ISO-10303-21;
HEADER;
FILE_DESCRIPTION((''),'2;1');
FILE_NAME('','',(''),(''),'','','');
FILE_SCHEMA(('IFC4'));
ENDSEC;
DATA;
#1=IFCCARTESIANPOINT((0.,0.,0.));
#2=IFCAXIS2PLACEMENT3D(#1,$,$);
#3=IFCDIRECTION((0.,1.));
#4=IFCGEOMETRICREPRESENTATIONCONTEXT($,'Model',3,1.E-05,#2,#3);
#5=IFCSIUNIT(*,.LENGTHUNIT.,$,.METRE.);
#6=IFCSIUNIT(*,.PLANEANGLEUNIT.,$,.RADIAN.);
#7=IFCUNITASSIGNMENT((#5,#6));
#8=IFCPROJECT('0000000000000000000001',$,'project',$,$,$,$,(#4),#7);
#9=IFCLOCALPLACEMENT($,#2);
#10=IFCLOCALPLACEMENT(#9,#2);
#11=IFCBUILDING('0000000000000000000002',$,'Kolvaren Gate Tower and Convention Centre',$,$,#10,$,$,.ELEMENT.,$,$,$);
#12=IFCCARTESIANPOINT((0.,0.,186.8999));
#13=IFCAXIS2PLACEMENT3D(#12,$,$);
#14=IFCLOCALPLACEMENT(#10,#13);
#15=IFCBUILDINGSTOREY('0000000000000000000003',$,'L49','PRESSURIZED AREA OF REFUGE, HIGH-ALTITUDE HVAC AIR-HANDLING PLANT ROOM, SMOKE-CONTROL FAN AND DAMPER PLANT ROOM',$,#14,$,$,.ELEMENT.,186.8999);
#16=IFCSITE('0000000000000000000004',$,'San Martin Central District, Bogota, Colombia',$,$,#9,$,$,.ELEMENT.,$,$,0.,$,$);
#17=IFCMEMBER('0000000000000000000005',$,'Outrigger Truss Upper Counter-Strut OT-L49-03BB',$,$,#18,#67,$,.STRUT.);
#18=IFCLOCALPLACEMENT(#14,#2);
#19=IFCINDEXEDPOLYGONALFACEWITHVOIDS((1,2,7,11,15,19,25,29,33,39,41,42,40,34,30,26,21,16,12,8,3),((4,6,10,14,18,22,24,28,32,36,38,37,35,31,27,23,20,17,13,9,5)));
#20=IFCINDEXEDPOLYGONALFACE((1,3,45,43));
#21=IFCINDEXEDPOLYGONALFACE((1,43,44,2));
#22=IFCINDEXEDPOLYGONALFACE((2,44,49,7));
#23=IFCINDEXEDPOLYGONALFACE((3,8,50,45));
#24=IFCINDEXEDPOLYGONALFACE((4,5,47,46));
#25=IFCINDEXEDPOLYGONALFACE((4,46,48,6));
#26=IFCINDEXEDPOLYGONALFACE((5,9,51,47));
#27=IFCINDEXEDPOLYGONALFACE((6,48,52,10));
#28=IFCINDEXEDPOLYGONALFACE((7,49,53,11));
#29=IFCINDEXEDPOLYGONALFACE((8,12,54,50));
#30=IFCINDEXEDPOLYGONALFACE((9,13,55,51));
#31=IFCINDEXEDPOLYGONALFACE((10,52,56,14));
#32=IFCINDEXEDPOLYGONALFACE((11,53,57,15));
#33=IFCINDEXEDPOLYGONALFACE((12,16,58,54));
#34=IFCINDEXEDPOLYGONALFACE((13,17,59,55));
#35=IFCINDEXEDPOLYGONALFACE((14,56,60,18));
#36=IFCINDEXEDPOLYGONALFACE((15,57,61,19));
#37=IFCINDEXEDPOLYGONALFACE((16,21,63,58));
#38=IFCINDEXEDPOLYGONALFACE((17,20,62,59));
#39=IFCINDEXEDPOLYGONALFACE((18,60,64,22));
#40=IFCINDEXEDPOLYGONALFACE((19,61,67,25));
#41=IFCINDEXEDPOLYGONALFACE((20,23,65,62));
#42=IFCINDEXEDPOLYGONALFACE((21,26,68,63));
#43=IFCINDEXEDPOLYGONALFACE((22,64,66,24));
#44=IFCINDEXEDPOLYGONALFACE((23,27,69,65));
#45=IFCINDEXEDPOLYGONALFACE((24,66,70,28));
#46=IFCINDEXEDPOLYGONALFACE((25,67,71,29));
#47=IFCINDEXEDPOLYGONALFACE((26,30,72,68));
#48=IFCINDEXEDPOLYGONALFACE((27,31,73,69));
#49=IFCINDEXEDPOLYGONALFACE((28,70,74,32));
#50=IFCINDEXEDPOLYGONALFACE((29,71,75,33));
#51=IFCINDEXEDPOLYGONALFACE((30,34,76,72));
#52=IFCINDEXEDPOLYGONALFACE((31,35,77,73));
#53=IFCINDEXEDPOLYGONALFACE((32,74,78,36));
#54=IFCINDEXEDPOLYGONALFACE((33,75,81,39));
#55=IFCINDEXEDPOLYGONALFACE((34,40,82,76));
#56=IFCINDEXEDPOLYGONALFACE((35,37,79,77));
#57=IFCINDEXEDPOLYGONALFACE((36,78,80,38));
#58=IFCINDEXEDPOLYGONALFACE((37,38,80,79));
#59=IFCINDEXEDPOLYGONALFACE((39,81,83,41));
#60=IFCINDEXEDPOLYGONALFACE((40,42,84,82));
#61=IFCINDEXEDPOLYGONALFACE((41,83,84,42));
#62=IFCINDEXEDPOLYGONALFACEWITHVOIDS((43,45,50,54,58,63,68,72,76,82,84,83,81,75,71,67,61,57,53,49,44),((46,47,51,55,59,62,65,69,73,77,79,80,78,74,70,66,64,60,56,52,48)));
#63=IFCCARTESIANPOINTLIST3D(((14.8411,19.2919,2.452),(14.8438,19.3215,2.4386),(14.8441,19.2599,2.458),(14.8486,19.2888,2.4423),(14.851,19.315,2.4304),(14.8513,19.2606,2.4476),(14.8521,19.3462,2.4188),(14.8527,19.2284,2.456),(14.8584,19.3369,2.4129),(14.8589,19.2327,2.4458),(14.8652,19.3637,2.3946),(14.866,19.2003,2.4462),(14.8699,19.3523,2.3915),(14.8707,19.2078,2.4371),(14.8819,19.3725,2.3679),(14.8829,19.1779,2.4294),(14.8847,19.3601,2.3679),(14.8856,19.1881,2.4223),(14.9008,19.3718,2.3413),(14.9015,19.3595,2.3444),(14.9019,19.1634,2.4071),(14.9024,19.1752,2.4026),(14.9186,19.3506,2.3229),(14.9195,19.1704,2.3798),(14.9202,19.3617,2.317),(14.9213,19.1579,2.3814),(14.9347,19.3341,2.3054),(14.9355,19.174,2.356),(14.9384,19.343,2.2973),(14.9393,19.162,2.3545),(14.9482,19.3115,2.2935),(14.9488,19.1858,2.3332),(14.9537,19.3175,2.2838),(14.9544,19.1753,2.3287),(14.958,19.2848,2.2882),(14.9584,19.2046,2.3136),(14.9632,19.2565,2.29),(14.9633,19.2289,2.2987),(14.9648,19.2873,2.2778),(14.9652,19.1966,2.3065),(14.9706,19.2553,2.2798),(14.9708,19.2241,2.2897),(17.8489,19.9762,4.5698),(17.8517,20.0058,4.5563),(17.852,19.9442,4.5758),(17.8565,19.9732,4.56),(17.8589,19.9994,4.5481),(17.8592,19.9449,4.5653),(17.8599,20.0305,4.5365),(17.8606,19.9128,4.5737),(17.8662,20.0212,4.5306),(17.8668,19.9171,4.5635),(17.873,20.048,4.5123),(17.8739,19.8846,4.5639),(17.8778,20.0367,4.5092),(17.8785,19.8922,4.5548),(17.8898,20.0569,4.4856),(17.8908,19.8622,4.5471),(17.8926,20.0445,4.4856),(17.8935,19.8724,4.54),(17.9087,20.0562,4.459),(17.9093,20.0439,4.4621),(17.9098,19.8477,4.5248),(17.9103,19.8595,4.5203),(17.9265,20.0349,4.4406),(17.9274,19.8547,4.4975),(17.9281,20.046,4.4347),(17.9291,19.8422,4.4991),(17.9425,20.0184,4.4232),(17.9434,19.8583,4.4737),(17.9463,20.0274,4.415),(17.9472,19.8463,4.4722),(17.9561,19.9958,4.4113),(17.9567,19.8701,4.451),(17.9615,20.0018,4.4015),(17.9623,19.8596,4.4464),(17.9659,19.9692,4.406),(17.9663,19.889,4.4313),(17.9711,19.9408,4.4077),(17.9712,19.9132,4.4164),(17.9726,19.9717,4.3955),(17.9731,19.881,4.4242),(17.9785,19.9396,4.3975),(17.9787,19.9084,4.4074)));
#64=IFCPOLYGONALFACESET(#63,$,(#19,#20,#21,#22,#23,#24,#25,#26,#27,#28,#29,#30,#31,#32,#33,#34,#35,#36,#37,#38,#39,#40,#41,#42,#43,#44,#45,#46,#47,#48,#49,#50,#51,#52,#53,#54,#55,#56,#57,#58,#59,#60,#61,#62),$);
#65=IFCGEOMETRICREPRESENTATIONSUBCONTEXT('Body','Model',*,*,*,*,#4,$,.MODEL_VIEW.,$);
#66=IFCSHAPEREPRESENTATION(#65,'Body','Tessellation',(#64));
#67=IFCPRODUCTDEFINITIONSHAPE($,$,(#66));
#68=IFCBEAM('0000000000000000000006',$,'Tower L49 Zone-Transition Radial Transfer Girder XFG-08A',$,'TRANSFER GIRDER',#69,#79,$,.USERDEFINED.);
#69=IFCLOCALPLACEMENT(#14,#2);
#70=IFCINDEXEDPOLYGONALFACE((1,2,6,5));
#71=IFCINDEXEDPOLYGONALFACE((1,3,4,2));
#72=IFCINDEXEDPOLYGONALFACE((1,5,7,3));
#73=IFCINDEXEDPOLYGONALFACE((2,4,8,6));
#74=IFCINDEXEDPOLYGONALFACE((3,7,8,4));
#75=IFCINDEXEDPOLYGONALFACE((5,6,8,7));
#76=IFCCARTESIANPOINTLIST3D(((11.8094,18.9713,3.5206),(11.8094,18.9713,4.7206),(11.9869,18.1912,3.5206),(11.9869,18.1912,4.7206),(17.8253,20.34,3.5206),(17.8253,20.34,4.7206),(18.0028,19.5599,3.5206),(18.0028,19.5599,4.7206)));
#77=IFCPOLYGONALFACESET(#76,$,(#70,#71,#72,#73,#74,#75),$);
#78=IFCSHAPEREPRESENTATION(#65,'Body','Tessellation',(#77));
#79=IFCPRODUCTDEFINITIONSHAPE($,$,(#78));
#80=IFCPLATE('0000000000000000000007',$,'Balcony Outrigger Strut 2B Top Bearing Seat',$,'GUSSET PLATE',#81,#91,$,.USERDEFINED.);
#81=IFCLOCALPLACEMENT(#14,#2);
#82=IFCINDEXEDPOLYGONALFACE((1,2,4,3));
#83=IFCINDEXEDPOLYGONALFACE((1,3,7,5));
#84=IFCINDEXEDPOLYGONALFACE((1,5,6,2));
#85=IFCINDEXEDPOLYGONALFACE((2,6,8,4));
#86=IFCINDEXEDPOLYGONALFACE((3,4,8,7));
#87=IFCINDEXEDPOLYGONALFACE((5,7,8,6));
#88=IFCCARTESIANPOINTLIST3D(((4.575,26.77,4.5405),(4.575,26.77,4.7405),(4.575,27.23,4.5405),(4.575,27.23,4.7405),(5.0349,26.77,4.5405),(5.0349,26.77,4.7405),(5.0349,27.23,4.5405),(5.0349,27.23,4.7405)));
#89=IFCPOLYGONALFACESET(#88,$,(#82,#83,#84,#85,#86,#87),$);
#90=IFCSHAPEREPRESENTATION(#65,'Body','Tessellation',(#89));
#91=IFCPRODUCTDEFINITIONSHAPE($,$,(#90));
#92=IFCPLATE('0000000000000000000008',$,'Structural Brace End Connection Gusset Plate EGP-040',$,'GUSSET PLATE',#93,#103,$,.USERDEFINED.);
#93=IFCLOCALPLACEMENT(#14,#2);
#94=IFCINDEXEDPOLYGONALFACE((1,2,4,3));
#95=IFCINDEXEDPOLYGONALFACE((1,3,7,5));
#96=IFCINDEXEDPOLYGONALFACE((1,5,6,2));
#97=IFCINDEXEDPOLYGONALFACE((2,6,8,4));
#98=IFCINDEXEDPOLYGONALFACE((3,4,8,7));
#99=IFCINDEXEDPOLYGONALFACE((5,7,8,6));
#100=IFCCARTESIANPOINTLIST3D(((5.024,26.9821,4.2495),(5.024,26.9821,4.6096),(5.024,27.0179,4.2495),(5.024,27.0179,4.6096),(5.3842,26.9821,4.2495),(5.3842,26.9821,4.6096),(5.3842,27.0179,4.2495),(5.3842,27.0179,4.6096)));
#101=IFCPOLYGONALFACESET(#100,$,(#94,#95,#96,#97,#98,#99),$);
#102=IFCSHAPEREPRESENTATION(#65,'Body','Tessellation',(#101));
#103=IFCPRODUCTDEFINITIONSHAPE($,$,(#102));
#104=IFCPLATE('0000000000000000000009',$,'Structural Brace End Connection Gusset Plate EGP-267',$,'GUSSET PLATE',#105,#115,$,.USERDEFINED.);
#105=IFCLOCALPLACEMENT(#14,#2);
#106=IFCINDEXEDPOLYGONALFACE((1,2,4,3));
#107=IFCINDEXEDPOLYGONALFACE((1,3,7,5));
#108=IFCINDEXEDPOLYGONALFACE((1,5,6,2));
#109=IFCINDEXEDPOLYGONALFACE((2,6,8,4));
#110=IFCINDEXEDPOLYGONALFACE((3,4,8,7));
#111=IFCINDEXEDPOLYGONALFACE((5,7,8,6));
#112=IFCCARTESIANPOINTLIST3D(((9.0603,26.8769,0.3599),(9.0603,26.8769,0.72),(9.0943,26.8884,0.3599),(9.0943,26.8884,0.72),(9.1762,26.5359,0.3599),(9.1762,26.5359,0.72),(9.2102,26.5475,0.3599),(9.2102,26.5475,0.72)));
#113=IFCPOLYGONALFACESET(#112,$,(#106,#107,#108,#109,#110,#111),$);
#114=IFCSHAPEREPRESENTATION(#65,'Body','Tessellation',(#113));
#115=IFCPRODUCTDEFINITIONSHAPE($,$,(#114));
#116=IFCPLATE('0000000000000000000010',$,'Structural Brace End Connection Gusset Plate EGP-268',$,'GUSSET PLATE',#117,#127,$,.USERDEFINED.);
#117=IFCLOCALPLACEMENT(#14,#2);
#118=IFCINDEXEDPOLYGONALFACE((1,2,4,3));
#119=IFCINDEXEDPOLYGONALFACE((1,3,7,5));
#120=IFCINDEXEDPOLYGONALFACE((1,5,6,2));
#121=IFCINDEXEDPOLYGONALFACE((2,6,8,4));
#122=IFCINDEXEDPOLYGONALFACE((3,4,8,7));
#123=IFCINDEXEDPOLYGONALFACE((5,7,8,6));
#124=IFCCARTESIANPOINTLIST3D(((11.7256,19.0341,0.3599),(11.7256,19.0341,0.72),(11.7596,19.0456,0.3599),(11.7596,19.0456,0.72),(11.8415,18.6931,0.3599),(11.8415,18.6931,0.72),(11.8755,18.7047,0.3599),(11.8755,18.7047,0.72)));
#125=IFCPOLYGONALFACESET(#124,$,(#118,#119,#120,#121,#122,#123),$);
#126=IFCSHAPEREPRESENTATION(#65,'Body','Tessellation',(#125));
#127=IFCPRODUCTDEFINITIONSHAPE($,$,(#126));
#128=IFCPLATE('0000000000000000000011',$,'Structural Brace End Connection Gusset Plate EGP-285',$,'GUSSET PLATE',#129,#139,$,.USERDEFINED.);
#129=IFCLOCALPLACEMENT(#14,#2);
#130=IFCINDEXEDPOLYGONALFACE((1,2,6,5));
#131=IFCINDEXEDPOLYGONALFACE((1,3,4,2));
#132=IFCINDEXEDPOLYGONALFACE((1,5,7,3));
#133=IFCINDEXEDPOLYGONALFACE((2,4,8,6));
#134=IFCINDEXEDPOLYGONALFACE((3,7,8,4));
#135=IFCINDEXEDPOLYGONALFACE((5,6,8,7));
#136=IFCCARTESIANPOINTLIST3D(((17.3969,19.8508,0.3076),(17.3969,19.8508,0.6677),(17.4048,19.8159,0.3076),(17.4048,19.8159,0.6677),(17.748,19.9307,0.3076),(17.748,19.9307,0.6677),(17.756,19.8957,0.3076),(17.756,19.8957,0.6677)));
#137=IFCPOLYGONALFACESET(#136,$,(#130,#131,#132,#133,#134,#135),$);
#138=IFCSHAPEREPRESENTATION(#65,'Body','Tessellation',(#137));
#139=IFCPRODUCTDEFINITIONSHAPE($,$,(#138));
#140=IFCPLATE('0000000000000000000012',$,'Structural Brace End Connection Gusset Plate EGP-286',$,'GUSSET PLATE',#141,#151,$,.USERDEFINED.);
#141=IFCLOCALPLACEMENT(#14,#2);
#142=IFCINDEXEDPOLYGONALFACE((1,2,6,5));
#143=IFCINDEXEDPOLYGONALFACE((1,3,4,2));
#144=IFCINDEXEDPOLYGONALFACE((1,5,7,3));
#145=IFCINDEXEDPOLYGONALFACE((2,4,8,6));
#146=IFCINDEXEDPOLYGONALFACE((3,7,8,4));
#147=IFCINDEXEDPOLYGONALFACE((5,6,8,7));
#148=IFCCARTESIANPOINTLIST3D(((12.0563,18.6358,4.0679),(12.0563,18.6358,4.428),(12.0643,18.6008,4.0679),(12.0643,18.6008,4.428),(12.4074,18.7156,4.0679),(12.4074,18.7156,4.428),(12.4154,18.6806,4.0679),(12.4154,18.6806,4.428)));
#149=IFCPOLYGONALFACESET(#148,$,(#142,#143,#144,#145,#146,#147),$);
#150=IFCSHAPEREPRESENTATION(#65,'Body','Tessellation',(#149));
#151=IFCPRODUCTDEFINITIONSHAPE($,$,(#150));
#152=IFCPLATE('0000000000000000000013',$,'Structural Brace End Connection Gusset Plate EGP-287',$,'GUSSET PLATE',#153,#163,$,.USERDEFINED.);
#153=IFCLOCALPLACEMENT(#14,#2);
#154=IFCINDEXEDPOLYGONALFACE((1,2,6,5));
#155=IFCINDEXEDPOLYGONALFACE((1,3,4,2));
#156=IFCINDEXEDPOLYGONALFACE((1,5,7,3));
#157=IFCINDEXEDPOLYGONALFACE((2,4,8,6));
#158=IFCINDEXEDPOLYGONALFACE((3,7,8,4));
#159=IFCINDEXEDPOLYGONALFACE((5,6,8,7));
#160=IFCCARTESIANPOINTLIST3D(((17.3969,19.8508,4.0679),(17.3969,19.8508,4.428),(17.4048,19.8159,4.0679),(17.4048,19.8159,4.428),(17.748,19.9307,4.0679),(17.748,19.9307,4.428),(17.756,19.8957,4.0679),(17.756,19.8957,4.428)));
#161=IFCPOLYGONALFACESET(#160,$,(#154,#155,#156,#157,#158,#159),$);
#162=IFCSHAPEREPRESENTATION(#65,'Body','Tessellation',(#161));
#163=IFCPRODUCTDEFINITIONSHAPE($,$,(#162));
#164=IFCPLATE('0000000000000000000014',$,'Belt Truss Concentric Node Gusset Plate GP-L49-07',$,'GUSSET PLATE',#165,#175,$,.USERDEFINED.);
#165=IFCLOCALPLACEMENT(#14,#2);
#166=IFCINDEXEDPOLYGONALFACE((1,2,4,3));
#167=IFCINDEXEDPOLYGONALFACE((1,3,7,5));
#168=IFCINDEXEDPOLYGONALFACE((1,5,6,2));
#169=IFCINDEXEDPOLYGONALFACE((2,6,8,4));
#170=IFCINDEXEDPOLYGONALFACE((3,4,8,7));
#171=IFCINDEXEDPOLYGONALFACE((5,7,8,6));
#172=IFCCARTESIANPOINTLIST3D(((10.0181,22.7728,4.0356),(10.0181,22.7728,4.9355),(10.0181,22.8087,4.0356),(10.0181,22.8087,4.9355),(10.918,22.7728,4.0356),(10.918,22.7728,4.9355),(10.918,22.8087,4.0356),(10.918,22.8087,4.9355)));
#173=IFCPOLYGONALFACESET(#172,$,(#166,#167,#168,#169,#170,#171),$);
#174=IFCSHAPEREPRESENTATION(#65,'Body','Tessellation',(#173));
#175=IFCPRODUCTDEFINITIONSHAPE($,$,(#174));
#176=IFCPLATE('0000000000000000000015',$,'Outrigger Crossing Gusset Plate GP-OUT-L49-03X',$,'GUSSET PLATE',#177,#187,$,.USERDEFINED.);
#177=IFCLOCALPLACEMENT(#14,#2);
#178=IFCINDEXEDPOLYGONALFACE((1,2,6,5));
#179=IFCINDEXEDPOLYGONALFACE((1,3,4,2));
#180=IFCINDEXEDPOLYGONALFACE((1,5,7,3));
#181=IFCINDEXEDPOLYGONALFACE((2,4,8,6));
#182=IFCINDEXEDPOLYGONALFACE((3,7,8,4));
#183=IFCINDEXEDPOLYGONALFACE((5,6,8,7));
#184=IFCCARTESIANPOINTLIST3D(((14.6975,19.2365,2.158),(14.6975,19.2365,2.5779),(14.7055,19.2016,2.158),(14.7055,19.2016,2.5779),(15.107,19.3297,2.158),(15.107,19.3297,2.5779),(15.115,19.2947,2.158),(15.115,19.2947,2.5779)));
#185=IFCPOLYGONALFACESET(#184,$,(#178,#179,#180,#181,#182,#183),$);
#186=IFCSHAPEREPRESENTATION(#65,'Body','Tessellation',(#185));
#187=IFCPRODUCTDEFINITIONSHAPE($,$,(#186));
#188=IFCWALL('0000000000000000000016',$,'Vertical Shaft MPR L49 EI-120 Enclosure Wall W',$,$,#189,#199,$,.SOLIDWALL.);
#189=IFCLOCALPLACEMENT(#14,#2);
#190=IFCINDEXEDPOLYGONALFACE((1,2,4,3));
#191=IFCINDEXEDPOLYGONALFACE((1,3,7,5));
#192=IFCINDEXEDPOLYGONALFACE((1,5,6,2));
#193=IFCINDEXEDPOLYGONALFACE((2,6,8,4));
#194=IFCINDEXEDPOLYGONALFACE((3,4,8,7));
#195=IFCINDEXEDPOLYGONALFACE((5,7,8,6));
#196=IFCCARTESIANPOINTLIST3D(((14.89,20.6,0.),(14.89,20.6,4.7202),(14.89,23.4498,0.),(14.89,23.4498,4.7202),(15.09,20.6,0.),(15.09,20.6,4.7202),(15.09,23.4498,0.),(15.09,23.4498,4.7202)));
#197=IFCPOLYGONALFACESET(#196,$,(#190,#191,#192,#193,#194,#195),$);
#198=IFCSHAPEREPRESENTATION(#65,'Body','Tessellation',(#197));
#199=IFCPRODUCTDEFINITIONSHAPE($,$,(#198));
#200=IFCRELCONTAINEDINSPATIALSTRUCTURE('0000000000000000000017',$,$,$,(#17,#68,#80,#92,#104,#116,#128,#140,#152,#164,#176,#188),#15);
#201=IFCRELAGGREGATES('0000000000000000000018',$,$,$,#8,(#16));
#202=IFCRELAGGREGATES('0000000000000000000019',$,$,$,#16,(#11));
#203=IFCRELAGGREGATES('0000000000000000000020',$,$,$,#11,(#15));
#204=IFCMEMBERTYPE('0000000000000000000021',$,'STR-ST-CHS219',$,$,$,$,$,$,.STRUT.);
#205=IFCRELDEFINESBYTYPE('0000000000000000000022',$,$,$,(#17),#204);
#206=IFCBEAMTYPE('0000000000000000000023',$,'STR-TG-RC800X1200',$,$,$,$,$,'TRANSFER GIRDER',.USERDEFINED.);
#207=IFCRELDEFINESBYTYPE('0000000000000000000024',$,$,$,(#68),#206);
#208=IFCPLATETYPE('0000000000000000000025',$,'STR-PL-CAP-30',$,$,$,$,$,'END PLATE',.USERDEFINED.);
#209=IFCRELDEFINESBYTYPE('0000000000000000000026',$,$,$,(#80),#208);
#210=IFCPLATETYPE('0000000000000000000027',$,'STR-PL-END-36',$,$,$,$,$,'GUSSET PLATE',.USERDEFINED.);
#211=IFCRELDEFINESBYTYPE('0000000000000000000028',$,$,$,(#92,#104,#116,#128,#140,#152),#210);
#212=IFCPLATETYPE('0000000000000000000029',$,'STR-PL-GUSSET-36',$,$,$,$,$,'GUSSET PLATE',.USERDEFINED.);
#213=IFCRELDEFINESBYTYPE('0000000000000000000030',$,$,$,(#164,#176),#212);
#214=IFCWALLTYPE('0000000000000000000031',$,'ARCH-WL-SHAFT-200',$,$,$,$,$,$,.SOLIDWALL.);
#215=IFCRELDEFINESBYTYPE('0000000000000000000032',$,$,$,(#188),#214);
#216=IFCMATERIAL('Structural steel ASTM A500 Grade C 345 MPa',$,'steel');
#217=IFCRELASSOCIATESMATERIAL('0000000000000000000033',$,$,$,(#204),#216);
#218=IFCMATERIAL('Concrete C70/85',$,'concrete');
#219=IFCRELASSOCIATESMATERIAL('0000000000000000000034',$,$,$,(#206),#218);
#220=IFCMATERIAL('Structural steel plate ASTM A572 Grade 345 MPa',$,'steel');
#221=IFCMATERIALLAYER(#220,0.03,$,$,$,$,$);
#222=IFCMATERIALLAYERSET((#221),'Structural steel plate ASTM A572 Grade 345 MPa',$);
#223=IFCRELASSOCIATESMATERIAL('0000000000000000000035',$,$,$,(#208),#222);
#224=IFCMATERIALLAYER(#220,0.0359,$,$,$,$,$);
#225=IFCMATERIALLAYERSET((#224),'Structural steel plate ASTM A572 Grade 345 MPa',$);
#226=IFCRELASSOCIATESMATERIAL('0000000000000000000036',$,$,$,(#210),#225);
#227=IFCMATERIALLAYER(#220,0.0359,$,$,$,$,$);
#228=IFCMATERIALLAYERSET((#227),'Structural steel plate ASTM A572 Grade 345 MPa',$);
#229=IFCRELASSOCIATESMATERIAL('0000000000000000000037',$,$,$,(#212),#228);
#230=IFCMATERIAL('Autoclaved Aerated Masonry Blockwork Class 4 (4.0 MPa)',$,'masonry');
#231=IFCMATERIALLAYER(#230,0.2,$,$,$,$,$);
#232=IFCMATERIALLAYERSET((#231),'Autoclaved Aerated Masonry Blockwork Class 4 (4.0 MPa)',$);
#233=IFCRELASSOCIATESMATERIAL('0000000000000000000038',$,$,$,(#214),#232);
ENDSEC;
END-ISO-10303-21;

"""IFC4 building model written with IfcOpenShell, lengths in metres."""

from ifc_helpers import new_model, si_unit, direction, frame, frame_2d, origin, origin_2d, place, context, subcontext, project, spatial, rectangle, hollow_circle, extrude, material, layer, layer_set, material_profile, profile_set, type_object, element, save


model = new_model("IFC4")

# Units and contexts
model_context = context("Model", 3, precision=1e-05, world=origin(), true_north=direction((0.0, 1.0)))
body_context = subcontext(model_context, "Body", "Model", "MODEL_VIEW")
ifc_project = project(units=[si_unit("LENGTHUNIT", "METRE"), si_unit("PLANEANGLEUNIT", "RADIAN")], contexts=[model_context])

# Site, building, storey
site_placement = place(None, origin())
site = spatial("IfcSite", under=ifc_project, at=site_placement, Name="San Martin Central District, Bogota, Colombia", CompositionType="ELEMENT", RefElevation=0.0)
building_placement = place(site_placement, origin())
building = spatial("IfcBuilding", under=site, at=building_placement, Name="Kolvaren Gate Tower and Convention Centre", CompositionType="ELEMENT")
storey_placement = place(building_placement, frame((0.0, 0.0, 186.8999)))
storey = spatial("IfcBuildingStorey", under=building, at=storey_placement, Name="L49", Description="PRESSURIZED AREA OF REFUGE, HIGH-ALTITUDE HVAC AIR-HANDLING PLANT ROOM, SMOKE-CONTROL FAN AND DAMPER PLANT ROOM", CompositionType="ELEMENT", Elevation=186.8999)

# Member
ifc_material_1 = material(Name="Structural steel ASTM A500 Grade C 345 MPa", Category="steel")
ifc_material_profile_1 = material_profile(ifc_material_1, hollow_circle(Radius=0.1096, WallThickness=0.0127, at=origin_2d()), Name="CHS219X12.7")
ifc_profile_set_1 = profile_set([ifc_material_profile_1], Name="Structural steel ASTM A500 Grade C 345 MPa")
member_type_1 = type_object("IfcMemberType", Name="STR-ST-CHS219", PredefinedType="STRUT", material=ifc_profile_set_1)
member_1_placement = place(storey_placement, frame((14.9062, 19.2656, 2.3679), z_axis=(0.803878, 0.182895, 0.565977), x_axis=(-0.221847, 0.975082, 0.0)))
element("IfcMember", 1, at=member_1_placement, inside=storey, type_object=member_type_1, Name="Outrigger Truss Upper Counter-Strut OT-L49-03BB", PredefinedType="STRUT", context=body_context, shape_type="SweptSolid", body=[
    extrude(hollow_circle(Radius=0.1096, WallThickness=0.0127, at=origin_2d()), origin(), (0.0, 0.0, 1.0), 3.7417),
])

# Beam
ifc_material_2 = material(Name="Concrete C70/85", Category="concrete")
ifc_material_profile_2 = material_profile(ifc_material_2, rectangle(XDim=0.8, YDim=1.2, at=origin_2d()), Name="RC-BM-800X1200")
ifc_profile_set_2 = profile_set([ifc_material_profile_2], Name="Concrete C70/85")
beam_type_1 = type_object("IfcBeamType", Name="STR-TG-RC800X1200", ElementType="TRANSFER GIRDER", PredefinedType="USERDEFINED", material=ifc_profile_set_2)
beam_1_placement = place(storey_placement, frame((17.9141, 19.95, 4.1206), z_axis=(-0.975083, -0.221838, 0.0), x_axis=(0.221838, -0.975083, 0.0)))
element("IfcBeam", 2, at=beam_1_placement, inside=storey, type_object=beam_type_1, Name="Tower L49 Zone-Transition Radial Transfer Girder XFG-08A", ObjectType="TRANSFER GIRDER", PredefinedType="USERDEFINED", context=body_context, shape_type="SweptSolid", body=[
    extrude(rectangle(XDim=0.8, YDim=1.2, at=origin_2d()), origin(), (0.0, 0.0, 1.0), 6.1697),
])

# Plates
ifc_material_3 = material(Name="Structural steel plate ASTM A572 Grade 345 MPa", Category="steel")
ifc_layer_1 = layer(ifc_material_3, 0.03)
ifc_layer_set_1 = layer_set([ifc_layer_1], Name="Structural steel plate ASTM A572 Grade 345 MPa")
plate_type_1 = type_object("IfcPlateType", Name="STR-PL-CAP-30", ElementType="END PLATE", PredefinedType="USERDEFINED", material=ifc_layer_set_1)
plate_1_placement = place(storey_placement, frame((4.8049, 27.0, 4.5405), z_axis=(0.0, 0.0, 1.0), x_axis=(1.0, 0.0, 0.0)))
element("IfcPlate", 3, at=plate_1_placement, inside=storey, type_object=plate_type_1, Name="Balcony Outrigger Strut 2B Top Bearing Seat", ObjectType="GUSSET PLATE", PredefinedType="USERDEFINED", context=body_context, shape_type="SweptSolid", body=[
    extrude(rectangle(XDim=0.46, YDim=0.46, at=origin_2d()), origin(), (0.0, 0.0, 1.0), 0.2),
])
ifc_layer_2 = layer(ifc_material_3, 0.0359)
ifc_layer_set_2 = layer_set([ifc_layer_2], Name="Structural steel plate ASTM A572 Grade 345 MPa")
plate_type_2 = type_object("IfcPlateType", Name="STR-PL-END-36", ElementType="GUSSET PLATE", PredefinedType="USERDEFINED", material=ifc_layer_set_2)
for number, where, z_axis, x_axis, name in (
    (4, (5.2041, 27.0, 4.2495), (0.0, 0.0, 1.0), (-1.0, 0.0, 0.0), "Structural Brace End Connection Gusset Plate EGP-040"),
    (5, (9.1353, 26.7122, 0.3599), (0.0, 0.0, 1.0), (0.321749, -0.946825, 0.0), "Structural Brace End Connection Gusset Plate EGP-267"),
    (6, (11.8005, 18.8694, 0.3599), (0.0, 0.0, 1.0), (-0.321749, 0.946825, 0.0), "Structural Brace End Connection Gusset Plate EGP-268"),
    (7, (17.5764, 19.8733, 0.3076), (0.0, 0.0, 1.0), (-0.975084, -0.221836, 0.0), "Structural Brace End Connection Gusset Plate EGP-285"),
    (8, (12.2358, 18.6582, 4.0679), (0.0, 0.0, 1.0), (-0.975084, -0.221836, 0.0), "Structural Brace End Connection Gusset Plate EGP-286"),
    (9, (17.5764, 19.8733, 4.0679), (0.0, 0.0, 1.0), (0.975083, 0.22184, 0.0), "Structural Brace End Connection Gusset Plate EGP-287"),
):
    element("IfcPlate", number, at=place(storey_placement, frame(where, z_axis=z_axis, x_axis=x_axis)), inside=storey, type_object=plate_type_2, Name=name, ObjectType="GUSSET PLATE", PredefinedType="USERDEFINED", context=body_context, shape_type="SweptSolid", body=[
        extrude(rectangle(XDim=0.3601, YDim=0.0359, at=origin_2d()), origin(), (0.0, 0.0, 1.0), 0.3601),
    ])
ifc_layer_3 = layer(ifc_material_3, 0.0359)
ifc_layer_set_3 = layer_set([ifc_layer_3], Name="Structural steel plate ASTM A572 Grade 345 MPa")
plate_type_3 = type_object("IfcPlateType", Name="STR-PL-GUSSET-36", ElementType="GUSSET PLATE", PredefinedType="USERDEFINED", material=ifc_layer_set_3)
plate_2_placement = place(storey_placement, frame((10.468, 22.7908, 4.0356), z_axis=(0.0, 0.0, 1.0), x_axis=(-1.0, 0.0, 0.0)))
element("IfcPlate", 10, at=plate_2_placement, inside=storey, type_object=plate_type_3, Name="Belt Truss Concentric Node Gusset Plate GP-L49-07", ObjectType="GUSSET PLATE", PredefinedType="USERDEFINED", context=body_context, shape_type="SweptSolid", body=[
    extrude(rectangle(XDim=0.8999, YDim=0.0359, at=origin_2d()), origin(), (0.0, 0.0, 1.0), 0.8999),
])
plate_3_placement = place(storey_placement, frame((14.9062, 19.2656, 2.158), z_axis=(0.0, 0.0, 1.0), x_axis=(-0.975084, -0.221836, 0.0)))
element("IfcPlate", 11, at=plate_3_placement, inside=storey, type_object=plate_type_3, Name="Outrigger Crossing Gusset Plate GP-OUT-L49-03X", ObjectType="GUSSET PLATE", PredefinedType="USERDEFINED", context=body_context, shape_type="SweptSolid", body=[
    extrude(rectangle(XDim=0.4199, YDim=0.0359, at=origin_2d()), origin(), (0.0, 0.0, 1.0), 0.4199),
])

# Wall
ifc_material_4 = material(Name="Autoclaved Aerated Masonry Blockwork Class 4 (4.0 MPa)", Category="masonry")
ifc_layer_4 = layer(ifc_material_4, 0.2)
ifc_layer_set_4 = layer_set([ifc_layer_4], Name="Autoclaved Aerated Masonry Blockwork Class 4 (4.0 MPa)")
wall_type_1 = type_object("IfcWallType", Name="ARCH-WL-SHAFT-200", PredefinedType="SOLIDWALL", material=ifc_layer_set_4)
wall_1_placement = place(storey_placement, frame((14.99, 20.6001, 0.0), z_axis=(0.0, 0.0, 1.0), x_axis=(0.0, 1.0, 0.0)))
element("IfcWall", 12, at=wall_1_placement, inside=storey, type_object=wall_type_1, Name="Vertical Shaft MPR L49 EI-120 Enclosure Wall W", PredefinedType="SOLIDWALL", context=body_context, shape_type="SweptSolid", body=[
    extrude(rectangle(XDim=2.8499, YDim=0.2, at=frame_2d((1.4248, 0.0))), origin(), (0.0, 0.0, 1.0), 4.7202),
])

save(model, "model.ifc")
